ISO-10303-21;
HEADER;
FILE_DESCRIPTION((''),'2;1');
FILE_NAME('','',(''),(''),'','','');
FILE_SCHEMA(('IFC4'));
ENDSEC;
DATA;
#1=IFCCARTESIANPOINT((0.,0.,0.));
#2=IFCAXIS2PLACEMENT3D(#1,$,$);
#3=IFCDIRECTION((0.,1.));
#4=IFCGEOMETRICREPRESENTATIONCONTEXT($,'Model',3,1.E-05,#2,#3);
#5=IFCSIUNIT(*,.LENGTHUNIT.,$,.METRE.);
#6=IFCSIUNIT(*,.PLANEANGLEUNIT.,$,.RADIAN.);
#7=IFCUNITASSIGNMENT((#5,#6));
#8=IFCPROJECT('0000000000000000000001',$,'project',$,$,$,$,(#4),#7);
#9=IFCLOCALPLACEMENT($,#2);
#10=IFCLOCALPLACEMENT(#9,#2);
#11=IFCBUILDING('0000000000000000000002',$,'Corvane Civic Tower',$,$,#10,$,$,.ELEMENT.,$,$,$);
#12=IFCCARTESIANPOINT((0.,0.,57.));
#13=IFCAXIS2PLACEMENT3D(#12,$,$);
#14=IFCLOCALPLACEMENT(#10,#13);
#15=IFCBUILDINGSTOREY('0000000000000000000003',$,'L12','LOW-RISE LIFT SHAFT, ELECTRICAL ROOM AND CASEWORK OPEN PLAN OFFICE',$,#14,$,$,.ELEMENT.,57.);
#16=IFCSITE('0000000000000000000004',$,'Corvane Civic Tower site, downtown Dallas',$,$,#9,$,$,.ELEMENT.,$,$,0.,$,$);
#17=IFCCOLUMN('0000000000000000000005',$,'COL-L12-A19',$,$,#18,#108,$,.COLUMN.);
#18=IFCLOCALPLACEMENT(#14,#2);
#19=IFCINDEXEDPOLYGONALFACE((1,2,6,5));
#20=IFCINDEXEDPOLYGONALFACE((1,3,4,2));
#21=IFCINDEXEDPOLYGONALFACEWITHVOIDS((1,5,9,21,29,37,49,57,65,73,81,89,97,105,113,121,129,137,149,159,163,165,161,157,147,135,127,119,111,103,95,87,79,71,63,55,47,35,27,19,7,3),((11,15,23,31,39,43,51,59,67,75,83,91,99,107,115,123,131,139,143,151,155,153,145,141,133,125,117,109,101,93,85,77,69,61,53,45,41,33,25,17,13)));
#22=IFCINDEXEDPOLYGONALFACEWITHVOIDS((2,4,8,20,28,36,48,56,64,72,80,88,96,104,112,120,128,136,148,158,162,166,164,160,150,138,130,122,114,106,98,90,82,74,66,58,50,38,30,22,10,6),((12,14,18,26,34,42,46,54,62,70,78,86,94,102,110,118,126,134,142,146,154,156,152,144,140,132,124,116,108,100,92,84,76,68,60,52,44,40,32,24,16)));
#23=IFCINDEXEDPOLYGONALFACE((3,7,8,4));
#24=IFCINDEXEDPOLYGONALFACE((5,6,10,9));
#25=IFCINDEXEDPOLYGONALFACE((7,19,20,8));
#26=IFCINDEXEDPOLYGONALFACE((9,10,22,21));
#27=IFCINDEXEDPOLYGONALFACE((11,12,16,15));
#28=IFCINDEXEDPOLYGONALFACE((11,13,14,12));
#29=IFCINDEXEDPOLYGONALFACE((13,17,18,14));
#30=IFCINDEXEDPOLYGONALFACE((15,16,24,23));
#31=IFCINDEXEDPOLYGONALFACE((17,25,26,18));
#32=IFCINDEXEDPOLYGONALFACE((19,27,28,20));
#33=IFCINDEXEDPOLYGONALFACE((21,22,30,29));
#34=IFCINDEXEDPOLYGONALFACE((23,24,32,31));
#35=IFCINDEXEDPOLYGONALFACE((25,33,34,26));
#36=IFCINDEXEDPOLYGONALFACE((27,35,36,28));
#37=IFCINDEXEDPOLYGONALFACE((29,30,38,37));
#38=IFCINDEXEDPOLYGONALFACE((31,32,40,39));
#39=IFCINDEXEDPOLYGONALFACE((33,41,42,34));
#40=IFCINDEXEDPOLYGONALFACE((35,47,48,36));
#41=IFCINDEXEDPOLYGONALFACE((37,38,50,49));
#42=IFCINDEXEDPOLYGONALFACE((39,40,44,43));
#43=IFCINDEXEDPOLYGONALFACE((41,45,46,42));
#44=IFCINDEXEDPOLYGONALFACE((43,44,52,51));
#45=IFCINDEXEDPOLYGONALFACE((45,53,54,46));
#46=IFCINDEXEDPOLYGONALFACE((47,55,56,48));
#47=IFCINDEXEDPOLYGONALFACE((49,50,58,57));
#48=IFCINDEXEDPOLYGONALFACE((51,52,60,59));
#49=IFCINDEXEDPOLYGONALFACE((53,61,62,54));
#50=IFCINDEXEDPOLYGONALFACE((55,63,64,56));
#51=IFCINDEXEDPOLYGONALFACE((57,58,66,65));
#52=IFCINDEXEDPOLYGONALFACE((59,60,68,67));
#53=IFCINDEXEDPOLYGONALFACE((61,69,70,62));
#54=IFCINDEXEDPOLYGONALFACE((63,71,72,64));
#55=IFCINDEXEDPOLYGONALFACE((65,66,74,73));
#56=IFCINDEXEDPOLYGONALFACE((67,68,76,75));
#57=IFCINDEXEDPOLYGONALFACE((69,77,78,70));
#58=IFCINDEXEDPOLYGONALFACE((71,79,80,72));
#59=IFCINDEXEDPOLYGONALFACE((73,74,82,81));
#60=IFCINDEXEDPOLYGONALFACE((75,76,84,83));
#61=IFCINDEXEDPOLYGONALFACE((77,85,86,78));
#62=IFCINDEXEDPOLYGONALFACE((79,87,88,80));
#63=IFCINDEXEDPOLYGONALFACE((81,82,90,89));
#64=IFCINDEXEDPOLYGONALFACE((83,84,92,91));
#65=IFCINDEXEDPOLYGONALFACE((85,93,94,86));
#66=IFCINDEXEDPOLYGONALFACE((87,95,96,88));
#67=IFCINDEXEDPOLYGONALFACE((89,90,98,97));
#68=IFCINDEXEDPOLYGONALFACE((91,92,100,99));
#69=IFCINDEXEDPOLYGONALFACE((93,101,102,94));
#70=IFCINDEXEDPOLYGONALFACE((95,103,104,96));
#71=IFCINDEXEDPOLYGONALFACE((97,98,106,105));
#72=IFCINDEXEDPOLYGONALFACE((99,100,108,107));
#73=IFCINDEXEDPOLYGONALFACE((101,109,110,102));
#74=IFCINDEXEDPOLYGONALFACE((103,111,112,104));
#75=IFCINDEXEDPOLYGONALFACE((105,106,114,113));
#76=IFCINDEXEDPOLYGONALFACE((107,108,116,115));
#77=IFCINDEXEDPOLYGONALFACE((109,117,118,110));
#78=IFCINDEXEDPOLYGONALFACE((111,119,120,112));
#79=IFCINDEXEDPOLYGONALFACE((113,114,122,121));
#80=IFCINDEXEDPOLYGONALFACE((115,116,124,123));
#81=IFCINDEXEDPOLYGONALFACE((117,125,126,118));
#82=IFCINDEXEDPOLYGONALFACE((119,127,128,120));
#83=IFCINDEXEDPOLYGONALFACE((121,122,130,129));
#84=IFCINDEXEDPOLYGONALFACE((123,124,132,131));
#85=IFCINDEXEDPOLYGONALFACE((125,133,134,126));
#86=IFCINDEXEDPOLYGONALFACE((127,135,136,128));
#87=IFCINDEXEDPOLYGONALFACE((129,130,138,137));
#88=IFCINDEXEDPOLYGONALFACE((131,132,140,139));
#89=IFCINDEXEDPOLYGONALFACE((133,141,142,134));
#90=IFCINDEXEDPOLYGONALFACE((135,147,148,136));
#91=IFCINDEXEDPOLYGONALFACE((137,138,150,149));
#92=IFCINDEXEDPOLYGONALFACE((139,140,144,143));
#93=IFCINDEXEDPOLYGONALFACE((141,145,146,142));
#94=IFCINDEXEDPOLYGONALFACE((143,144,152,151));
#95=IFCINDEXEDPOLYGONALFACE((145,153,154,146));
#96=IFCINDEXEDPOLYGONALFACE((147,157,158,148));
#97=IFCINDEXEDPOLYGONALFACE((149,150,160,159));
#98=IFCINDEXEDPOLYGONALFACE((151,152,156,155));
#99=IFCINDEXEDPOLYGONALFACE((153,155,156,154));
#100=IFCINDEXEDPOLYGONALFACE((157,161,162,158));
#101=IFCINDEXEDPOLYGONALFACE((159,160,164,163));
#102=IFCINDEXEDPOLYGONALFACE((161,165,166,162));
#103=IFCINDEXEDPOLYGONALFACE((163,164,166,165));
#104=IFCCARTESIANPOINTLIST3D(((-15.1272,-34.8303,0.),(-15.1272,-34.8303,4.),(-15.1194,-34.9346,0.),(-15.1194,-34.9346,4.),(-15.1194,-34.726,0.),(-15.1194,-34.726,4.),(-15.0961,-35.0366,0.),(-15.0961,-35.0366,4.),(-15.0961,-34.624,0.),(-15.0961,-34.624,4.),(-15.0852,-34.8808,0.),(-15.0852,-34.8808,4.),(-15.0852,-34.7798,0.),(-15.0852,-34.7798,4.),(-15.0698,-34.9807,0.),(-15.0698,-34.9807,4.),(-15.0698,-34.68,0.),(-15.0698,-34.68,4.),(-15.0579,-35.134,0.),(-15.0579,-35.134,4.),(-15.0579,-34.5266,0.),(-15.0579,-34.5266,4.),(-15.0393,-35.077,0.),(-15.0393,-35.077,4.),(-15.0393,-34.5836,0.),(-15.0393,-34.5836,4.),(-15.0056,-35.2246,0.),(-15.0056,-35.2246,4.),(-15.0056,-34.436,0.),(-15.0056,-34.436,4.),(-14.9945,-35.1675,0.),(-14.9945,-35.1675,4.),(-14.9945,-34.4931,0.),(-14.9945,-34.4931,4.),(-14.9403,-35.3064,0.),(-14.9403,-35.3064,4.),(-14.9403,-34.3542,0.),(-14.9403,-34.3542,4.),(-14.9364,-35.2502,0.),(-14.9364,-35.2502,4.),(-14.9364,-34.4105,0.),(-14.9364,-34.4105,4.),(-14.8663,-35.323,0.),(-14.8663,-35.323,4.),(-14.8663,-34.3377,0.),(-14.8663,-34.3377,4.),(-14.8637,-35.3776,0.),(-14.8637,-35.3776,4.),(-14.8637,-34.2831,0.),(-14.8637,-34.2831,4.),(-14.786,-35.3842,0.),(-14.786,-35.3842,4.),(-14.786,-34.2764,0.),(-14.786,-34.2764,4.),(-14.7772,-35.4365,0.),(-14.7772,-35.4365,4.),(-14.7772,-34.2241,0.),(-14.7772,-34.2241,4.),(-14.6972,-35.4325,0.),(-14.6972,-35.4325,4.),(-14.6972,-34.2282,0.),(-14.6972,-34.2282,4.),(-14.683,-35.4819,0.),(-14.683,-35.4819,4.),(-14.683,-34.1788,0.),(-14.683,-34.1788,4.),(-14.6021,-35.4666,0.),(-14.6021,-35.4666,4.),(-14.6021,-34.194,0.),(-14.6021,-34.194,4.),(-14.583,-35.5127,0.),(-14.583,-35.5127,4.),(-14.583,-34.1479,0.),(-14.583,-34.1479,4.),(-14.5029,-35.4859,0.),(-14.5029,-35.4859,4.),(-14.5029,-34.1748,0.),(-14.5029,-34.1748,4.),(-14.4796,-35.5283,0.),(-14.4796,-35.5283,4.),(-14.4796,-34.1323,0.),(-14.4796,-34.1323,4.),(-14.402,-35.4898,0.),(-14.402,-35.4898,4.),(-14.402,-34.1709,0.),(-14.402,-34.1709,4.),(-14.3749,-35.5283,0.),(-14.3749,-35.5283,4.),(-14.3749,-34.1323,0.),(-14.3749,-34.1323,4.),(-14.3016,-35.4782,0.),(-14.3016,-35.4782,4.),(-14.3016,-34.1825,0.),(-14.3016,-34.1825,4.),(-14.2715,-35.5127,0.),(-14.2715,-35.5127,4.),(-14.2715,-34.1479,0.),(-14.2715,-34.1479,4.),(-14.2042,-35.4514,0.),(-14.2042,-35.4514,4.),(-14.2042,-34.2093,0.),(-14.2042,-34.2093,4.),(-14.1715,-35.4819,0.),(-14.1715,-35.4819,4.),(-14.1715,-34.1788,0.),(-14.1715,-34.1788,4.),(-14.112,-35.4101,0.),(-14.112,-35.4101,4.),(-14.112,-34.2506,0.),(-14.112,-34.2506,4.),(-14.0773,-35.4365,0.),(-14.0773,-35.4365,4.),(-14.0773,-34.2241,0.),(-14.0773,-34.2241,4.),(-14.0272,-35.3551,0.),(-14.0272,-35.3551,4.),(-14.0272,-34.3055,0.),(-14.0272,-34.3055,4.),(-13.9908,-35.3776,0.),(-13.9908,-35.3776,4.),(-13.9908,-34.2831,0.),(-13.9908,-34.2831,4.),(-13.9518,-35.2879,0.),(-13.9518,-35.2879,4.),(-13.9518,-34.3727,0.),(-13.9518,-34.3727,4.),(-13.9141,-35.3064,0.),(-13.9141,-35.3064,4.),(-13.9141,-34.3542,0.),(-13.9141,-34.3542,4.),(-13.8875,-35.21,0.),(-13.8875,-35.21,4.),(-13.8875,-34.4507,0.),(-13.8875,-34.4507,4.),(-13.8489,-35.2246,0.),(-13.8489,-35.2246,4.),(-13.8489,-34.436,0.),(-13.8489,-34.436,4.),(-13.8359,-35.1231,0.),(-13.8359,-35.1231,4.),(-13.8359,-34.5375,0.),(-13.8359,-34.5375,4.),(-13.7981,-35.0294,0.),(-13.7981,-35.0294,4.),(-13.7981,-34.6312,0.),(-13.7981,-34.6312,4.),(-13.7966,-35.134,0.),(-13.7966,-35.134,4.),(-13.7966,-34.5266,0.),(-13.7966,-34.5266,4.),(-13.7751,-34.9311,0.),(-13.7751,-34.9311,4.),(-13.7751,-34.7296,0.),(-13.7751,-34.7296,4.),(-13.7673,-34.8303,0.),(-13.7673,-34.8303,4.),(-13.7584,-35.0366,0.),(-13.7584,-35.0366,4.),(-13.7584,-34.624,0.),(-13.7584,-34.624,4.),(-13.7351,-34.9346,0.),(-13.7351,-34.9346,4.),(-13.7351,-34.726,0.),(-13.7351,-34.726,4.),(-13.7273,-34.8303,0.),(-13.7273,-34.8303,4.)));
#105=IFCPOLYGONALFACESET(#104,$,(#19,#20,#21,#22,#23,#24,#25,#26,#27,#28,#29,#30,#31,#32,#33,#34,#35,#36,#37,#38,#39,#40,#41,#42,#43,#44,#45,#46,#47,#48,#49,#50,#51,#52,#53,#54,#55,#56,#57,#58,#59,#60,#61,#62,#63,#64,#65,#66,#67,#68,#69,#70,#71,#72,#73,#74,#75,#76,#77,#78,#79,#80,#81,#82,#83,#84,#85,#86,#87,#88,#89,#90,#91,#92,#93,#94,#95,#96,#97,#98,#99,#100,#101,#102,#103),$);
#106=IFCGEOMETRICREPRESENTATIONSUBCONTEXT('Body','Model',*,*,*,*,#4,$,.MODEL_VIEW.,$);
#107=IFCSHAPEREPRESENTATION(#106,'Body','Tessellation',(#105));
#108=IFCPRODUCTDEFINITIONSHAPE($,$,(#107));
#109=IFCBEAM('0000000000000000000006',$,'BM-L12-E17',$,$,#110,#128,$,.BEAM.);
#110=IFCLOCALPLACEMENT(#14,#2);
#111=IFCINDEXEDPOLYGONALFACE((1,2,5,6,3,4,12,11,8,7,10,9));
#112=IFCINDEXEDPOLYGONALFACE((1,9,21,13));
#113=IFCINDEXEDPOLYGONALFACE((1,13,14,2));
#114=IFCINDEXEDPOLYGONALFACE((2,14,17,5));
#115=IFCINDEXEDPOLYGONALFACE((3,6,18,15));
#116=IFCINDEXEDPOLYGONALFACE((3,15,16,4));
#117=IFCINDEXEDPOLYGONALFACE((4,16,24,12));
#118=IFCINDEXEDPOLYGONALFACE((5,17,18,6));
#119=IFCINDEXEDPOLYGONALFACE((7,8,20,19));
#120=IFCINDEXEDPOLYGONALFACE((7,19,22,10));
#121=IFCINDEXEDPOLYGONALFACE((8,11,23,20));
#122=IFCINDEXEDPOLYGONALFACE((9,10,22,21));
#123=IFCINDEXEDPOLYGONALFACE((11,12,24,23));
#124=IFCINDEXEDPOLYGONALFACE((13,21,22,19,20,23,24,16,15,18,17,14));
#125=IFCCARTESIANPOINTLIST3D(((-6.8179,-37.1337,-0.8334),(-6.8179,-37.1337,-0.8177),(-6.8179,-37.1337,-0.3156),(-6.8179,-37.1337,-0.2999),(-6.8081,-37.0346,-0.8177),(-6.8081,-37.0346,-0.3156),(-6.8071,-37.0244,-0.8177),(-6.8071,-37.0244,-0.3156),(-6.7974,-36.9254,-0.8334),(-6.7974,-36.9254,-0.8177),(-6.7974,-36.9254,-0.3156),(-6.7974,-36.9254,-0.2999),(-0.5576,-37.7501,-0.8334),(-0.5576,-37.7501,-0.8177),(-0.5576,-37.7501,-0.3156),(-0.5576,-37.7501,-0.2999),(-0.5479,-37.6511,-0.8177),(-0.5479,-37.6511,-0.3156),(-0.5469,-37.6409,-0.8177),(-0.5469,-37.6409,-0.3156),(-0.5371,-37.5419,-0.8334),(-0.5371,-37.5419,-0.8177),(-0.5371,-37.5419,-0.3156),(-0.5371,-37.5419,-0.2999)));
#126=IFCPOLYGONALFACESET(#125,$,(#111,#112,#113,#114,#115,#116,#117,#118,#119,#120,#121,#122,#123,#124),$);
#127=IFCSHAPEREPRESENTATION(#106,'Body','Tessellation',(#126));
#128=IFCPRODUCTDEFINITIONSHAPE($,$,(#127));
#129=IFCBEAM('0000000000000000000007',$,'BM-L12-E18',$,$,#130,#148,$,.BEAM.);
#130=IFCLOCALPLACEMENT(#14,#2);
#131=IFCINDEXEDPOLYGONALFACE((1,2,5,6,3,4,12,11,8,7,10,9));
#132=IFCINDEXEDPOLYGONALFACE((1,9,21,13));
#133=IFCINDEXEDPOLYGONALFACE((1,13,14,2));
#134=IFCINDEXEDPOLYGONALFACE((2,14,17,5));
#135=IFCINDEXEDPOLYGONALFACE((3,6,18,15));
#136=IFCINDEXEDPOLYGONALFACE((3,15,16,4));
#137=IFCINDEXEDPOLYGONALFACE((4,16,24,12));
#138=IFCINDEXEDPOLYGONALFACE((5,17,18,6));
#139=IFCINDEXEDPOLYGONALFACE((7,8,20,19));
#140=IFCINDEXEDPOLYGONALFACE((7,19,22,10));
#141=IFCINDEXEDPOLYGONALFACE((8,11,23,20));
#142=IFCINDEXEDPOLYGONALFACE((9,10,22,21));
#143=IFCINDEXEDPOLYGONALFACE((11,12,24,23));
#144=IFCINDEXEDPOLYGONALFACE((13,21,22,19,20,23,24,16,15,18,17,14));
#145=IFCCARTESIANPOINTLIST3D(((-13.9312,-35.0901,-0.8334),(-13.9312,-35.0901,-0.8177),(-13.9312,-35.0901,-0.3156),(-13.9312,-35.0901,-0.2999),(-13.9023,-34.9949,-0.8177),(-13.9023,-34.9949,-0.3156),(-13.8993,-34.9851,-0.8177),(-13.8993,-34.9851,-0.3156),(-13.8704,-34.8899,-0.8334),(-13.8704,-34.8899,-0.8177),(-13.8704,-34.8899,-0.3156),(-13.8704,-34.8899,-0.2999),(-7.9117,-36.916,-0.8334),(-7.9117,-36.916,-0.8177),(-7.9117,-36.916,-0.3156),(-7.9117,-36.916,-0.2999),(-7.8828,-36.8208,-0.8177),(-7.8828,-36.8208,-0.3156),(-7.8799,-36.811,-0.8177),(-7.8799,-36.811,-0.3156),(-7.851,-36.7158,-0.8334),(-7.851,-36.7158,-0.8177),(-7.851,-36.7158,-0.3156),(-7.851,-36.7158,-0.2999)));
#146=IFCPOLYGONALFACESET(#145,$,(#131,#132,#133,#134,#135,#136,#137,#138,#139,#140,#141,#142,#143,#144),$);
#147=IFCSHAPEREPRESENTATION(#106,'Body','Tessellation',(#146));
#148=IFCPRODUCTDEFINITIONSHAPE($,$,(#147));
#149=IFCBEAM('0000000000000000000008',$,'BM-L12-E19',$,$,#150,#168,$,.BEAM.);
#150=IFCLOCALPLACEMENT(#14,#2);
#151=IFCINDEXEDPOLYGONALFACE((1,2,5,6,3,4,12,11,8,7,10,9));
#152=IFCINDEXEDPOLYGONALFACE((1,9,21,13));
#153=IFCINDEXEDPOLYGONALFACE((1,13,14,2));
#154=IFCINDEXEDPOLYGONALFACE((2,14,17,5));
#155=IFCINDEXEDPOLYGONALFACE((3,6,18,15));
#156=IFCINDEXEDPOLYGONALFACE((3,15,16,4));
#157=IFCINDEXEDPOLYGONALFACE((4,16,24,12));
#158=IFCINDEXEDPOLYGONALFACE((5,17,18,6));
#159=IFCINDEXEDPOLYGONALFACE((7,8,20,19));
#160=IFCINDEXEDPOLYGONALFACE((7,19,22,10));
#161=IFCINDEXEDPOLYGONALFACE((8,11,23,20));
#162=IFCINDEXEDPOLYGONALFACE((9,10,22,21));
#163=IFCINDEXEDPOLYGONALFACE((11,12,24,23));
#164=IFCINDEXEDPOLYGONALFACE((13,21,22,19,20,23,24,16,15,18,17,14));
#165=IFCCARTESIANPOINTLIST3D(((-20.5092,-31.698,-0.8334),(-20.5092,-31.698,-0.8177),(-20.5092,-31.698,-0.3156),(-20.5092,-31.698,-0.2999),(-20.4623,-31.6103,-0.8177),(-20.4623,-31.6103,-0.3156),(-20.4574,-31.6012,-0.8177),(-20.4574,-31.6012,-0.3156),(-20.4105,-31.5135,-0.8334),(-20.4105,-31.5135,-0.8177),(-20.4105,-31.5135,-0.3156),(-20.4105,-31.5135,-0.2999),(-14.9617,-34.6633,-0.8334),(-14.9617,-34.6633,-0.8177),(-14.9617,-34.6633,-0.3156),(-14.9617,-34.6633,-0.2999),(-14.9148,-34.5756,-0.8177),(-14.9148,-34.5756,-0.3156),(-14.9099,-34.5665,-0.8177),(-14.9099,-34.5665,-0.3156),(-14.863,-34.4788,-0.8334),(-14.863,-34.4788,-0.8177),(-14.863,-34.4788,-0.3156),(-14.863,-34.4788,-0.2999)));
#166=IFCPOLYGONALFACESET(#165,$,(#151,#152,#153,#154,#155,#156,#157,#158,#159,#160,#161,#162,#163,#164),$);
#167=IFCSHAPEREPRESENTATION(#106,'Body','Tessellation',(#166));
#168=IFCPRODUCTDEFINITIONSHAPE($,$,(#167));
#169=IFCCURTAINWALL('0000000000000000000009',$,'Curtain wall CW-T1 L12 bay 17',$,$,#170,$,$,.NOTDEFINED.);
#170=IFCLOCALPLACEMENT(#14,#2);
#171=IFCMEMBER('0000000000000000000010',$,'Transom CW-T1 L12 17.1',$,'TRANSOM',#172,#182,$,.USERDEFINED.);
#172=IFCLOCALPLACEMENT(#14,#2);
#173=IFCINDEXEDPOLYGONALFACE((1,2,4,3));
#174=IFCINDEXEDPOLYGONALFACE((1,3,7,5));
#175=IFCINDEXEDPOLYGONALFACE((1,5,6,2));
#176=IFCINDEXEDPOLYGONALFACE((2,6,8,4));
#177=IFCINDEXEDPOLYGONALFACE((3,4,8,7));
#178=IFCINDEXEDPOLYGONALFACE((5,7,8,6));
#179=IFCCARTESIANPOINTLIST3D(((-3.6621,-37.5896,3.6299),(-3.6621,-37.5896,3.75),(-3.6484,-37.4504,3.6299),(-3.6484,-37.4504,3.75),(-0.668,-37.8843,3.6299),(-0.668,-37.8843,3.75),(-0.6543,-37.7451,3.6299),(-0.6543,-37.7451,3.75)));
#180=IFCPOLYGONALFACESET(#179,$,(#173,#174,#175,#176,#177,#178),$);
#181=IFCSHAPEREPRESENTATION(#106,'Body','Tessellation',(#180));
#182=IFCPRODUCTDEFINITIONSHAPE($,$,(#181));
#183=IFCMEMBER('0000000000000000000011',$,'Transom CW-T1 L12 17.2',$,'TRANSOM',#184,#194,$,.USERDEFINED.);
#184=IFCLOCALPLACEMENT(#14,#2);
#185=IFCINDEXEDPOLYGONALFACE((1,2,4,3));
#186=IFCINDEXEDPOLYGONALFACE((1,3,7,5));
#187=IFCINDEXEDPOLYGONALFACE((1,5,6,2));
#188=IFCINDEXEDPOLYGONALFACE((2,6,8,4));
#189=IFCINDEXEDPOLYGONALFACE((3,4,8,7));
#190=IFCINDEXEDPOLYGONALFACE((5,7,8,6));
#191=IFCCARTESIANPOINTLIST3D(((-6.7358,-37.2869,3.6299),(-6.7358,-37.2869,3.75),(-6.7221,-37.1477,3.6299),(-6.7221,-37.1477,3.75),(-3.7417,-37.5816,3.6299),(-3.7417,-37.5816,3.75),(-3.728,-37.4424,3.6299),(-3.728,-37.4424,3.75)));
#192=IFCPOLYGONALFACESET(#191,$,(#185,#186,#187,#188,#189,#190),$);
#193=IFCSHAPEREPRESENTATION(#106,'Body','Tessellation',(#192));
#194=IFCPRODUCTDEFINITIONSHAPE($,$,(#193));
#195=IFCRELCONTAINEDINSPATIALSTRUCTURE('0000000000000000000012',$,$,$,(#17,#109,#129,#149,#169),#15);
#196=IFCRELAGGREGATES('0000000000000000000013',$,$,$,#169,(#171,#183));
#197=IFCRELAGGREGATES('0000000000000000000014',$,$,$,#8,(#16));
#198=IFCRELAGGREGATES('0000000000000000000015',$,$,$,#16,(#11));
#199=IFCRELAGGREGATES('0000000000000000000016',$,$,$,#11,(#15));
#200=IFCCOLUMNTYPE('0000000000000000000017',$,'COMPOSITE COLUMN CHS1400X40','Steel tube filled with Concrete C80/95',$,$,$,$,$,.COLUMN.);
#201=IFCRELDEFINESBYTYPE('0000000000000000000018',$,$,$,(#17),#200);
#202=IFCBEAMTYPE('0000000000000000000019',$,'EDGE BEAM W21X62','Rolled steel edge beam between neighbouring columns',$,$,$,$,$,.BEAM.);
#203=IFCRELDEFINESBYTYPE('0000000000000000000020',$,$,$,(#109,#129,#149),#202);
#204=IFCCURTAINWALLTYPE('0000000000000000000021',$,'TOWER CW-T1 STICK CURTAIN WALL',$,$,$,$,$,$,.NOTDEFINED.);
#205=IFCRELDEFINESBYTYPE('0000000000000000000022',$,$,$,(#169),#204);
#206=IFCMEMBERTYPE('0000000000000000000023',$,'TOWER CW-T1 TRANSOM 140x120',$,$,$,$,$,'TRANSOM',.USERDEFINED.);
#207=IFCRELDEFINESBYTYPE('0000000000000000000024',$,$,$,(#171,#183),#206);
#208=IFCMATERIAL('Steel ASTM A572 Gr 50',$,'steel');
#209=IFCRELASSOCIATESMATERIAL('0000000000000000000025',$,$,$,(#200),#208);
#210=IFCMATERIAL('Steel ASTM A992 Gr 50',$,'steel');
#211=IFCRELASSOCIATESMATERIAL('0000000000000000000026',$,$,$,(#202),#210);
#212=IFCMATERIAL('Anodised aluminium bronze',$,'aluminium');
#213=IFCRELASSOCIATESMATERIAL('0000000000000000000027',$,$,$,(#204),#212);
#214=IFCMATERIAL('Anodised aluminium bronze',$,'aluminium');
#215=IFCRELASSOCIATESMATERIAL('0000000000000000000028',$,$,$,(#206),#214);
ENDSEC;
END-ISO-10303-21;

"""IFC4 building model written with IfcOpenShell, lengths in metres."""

from ifc_helpers import new_model, si_unit, direction, frame, origin, origin_2d, place, context, subcontext, project, spatial, rectangle, hollow_circle, i_section, extrude, material, material_profile, profile_set, type_object, element, aggregate, save


model = new_model("IFC4")

# Units and contexts
model_context = context("Model", 3, precision=1e-05, world=origin(), true_north=direction((0.0, 1.0)))
body_context = subcontext(model_context, "Body", "Model", "MODEL_VIEW")
ifc_project = project(units=[si_unit("LENGTHUNIT", "METRE"), si_unit("PLANEANGLEUNIT", "RADIAN")], contexts=[model_context])

# Site, building, storey
site_placement = place(None, origin())
site = spatial("IfcSite", under=ifc_project, at=site_placement, Name="Corvane Civic Tower site, downtown Dallas", CompositionType="ELEMENT", RefElevation=0.0)
building_placement = place(site_placement, origin())
building = spatial("IfcBuilding", under=site, at=building_placement, Name="Corvane Civic Tower", CompositionType="ELEMENT")
storey_placement = place(building_placement, frame((0.0, 0.0, 57.0)))
storey = spatial("IfcBuildingStorey", under=building, at=storey_placement, Name="L12", Description="LOW-RISE LIFT SHAFT, ELECTRICAL ROOM AND CASEWORK OPEN PLAN OFFICE", CompositionType="ELEMENT", Elevation=57.0)

# Column
ifc_material_1 = material(Name="Steel ASTM A572 Gr 50", Category="steel")
ifc_material_profile_1 = material_profile(ifc_material_1, hollow_circle(Radius=0.7, WallThickness=0.04, at=origin_2d()), Name="CHS1400X40")
ifc_profile_set_1 = profile_set([ifc_material_profile_1], Name="Steel ASTM A572 Gr 50")
column_type = type_object("IfcColumnType", Name="COMPOSITE COLUMN CHS1400X40", Description="Steel tube filled with Concrete C80/95", PredefinedType="COLUMN", material=ifc_profile_set_1)
for number, where, z_axis, x_axis, name in (
    (1, (-14.4272, -34.8303, 0.0), (0.0, 0.0, 1.0), (1.0, 0.0, 0.0), "COL-L12-A19"),
):
    element("IfcColumn", number, at=place(storey_placement, frame(where, z_axis=z_axis, x_axis=x_axis)), inside=storey, type_object=column_type, Name=name, PredefinedType="COLUMN", context=body_context, shape_type="SweptSolid", body=[
        extrude(hollow_circle(Radius=0.7, WallThickness=0.04, at=origin_2d()), origin(), (0.0, 0.0, 1.0), 4.0),
    ])

# Beams
ifc_material_2 = material(Name="Steel ASTM A992 Gr 50", Category="steel")
ifc_material_profile_2 = material_profile(ifc_material_2, i_section(OverallWidth=0.2092, OverallDepth=0.5334, WebThickness=0.0103, FlangeThickness=0.0156, at=origin_2d()), Name="W21X62")
ifc_profile_set_2 = profile_set([ifc_material_profile_2], Name="Steel ASTM A992 Gr 50")
beam_type = type_object("IfcBeamType", Name="EDGE BEAM W21X62", Description="Rolled steel edge beam between neighbouring columns", PredefinedType="BEAM", material=ifc_profile_set_2)
beam_placement = place(storey_placement, frame((-0.5474, -37.646, -0.5667), z_axis=(-0.995187, 0.097997, 0.0), x_axis=(-0.097997, -0.995187, 0.0)))
element("IfcBeam", 2, at=beam_placement, inside=storey, type_object=beam_type, Name="BM-L12-E17", PredefinedType="BEAM", context=body_context, shape_type="SweptSolid", body=[
    extrude(i_section(OverallWidth=0.2092, OverallDepth=0.5334, WebThickness=0.0103, FlangeThickness=0.0156, at=origin_2d()), origin(), (0.0, 0.0, 1.0), 6.2905),
])
for number, where, z_axis, x_axis, name in (
    (3, (-7.8813, -36.8159, -0.5667), (-0.956944, 0.290273, 0.0), (-0.290273, -0.956944, 0.0), "BM-L12-E18"),
    (4, (-14.9124, -34.571, -0.5667), (-0.881916, 0.471406, 0.0), (-0.471406, -0.881916, 0.0), "BM-L12-E19"),
):
    element("IfcBeam", number, at=place(storey_placement, frame(where, z_axis=z_axis, x_axis=x_axis)), inside=storey, type_object=beam_type, Name=name, PredefinedType="BEAM", context=body_context, shape_type="SweptSolid", body=[
        extrude(i_section(OverallWidth=0.2092, OverallDepth=0.5334, WebThickness=0.0103, FlangeThickness=0.0156, at=origin_2d()), origin(), (0.0, 0.0, 1.0), 6.2903),
    ])

# Curtain wall, members
ifc_material_3 = material(Name="Anodised aluminium bronze", Category="aluminium")
curtain_wall_type = type_object("IfcCurtainWallType", Name="TOWER CW-T1 STICK CURTAIN WALL", PredefinedType="NOTDEFINED", material=ifc_material_3)
curtain_wall_1_placement = place(storey_placement, origin())
curtain_wall_1 = element("IfcCurtainWall", 5, at=curtain_wall_1_placement, inside=storey, type_object=curtain_wall_type, Name="Curtain wall CW-T1 L12 bay 17", PredefinedType="NOTDEFINED")
ifc_material_4 = material(Name="Anodised aluminium bronze", Category="aluminium")
ifc_material_profile_3 = material_profile(ifc_material_4, rectangle(XDim=0.1399, YDim=0.1201, at=origin_2d()), Name="TOWER CW-T1 TRANSOM 140x120")
ifc_profile_set_3 = profile_set([ifc_material_profile_3], Name="Anodised aluminium bronze")
member_type_1 = type_object("IfcMemberType", Name="TOWER CW-T1 TRANSOM 140x120", ElementType="TRANSOM", PredefinedType="USERDEFINED", material=ifc_profile_set_3)
member_1_placement = place(storey_placement, frame((-0.6611, -37.8147, 3.6899), z_axis=(-0.995192, 0.097945, 0.0), x_axis=(-0.097945, -0.995192, 0.0)))
member_1 = element("IfcMember", 6, at=member_1_placement, type_object=member_type_1, Name="Transom CW-T1 L12 17.1", ObjectType="TRANSOM", PredefinedType="USERDEFINED", context=body_context, shape_type="SweptSolid", body=[
    extrude(rectangle(XDim=0.1399, YDim=0.1201, at=origin_2d()), origin(), (0.0, 0.0, 1.0), 3.0085),
])
member_2_placement = place(storey_placement, frame((-3.7349, -37.512, 3.6899), z_axis=(-0.995192, 0.097945, 0.0), x_axis=(-0.097945, -0.995192, 0.0)))
member_2 = element("IfcMember", 7, at=member_2_placement, type_object=member_type_1, Name="Transom CW-T1 L12 17.2", ObjectType="TRANSOM", PredefinedType="USERDEFINED", context=body_context, shape_type="SweptSolid", body=[
    extrude(rectangle(XDim=0.1399, YDim=0.1201, at=origin_2d()), origin(), (0.0, 0.0, 1.0), 3.0085),
])

aggregate(curtain_wall_1, [member_1, member_2])

save(model, "model.ifc")
